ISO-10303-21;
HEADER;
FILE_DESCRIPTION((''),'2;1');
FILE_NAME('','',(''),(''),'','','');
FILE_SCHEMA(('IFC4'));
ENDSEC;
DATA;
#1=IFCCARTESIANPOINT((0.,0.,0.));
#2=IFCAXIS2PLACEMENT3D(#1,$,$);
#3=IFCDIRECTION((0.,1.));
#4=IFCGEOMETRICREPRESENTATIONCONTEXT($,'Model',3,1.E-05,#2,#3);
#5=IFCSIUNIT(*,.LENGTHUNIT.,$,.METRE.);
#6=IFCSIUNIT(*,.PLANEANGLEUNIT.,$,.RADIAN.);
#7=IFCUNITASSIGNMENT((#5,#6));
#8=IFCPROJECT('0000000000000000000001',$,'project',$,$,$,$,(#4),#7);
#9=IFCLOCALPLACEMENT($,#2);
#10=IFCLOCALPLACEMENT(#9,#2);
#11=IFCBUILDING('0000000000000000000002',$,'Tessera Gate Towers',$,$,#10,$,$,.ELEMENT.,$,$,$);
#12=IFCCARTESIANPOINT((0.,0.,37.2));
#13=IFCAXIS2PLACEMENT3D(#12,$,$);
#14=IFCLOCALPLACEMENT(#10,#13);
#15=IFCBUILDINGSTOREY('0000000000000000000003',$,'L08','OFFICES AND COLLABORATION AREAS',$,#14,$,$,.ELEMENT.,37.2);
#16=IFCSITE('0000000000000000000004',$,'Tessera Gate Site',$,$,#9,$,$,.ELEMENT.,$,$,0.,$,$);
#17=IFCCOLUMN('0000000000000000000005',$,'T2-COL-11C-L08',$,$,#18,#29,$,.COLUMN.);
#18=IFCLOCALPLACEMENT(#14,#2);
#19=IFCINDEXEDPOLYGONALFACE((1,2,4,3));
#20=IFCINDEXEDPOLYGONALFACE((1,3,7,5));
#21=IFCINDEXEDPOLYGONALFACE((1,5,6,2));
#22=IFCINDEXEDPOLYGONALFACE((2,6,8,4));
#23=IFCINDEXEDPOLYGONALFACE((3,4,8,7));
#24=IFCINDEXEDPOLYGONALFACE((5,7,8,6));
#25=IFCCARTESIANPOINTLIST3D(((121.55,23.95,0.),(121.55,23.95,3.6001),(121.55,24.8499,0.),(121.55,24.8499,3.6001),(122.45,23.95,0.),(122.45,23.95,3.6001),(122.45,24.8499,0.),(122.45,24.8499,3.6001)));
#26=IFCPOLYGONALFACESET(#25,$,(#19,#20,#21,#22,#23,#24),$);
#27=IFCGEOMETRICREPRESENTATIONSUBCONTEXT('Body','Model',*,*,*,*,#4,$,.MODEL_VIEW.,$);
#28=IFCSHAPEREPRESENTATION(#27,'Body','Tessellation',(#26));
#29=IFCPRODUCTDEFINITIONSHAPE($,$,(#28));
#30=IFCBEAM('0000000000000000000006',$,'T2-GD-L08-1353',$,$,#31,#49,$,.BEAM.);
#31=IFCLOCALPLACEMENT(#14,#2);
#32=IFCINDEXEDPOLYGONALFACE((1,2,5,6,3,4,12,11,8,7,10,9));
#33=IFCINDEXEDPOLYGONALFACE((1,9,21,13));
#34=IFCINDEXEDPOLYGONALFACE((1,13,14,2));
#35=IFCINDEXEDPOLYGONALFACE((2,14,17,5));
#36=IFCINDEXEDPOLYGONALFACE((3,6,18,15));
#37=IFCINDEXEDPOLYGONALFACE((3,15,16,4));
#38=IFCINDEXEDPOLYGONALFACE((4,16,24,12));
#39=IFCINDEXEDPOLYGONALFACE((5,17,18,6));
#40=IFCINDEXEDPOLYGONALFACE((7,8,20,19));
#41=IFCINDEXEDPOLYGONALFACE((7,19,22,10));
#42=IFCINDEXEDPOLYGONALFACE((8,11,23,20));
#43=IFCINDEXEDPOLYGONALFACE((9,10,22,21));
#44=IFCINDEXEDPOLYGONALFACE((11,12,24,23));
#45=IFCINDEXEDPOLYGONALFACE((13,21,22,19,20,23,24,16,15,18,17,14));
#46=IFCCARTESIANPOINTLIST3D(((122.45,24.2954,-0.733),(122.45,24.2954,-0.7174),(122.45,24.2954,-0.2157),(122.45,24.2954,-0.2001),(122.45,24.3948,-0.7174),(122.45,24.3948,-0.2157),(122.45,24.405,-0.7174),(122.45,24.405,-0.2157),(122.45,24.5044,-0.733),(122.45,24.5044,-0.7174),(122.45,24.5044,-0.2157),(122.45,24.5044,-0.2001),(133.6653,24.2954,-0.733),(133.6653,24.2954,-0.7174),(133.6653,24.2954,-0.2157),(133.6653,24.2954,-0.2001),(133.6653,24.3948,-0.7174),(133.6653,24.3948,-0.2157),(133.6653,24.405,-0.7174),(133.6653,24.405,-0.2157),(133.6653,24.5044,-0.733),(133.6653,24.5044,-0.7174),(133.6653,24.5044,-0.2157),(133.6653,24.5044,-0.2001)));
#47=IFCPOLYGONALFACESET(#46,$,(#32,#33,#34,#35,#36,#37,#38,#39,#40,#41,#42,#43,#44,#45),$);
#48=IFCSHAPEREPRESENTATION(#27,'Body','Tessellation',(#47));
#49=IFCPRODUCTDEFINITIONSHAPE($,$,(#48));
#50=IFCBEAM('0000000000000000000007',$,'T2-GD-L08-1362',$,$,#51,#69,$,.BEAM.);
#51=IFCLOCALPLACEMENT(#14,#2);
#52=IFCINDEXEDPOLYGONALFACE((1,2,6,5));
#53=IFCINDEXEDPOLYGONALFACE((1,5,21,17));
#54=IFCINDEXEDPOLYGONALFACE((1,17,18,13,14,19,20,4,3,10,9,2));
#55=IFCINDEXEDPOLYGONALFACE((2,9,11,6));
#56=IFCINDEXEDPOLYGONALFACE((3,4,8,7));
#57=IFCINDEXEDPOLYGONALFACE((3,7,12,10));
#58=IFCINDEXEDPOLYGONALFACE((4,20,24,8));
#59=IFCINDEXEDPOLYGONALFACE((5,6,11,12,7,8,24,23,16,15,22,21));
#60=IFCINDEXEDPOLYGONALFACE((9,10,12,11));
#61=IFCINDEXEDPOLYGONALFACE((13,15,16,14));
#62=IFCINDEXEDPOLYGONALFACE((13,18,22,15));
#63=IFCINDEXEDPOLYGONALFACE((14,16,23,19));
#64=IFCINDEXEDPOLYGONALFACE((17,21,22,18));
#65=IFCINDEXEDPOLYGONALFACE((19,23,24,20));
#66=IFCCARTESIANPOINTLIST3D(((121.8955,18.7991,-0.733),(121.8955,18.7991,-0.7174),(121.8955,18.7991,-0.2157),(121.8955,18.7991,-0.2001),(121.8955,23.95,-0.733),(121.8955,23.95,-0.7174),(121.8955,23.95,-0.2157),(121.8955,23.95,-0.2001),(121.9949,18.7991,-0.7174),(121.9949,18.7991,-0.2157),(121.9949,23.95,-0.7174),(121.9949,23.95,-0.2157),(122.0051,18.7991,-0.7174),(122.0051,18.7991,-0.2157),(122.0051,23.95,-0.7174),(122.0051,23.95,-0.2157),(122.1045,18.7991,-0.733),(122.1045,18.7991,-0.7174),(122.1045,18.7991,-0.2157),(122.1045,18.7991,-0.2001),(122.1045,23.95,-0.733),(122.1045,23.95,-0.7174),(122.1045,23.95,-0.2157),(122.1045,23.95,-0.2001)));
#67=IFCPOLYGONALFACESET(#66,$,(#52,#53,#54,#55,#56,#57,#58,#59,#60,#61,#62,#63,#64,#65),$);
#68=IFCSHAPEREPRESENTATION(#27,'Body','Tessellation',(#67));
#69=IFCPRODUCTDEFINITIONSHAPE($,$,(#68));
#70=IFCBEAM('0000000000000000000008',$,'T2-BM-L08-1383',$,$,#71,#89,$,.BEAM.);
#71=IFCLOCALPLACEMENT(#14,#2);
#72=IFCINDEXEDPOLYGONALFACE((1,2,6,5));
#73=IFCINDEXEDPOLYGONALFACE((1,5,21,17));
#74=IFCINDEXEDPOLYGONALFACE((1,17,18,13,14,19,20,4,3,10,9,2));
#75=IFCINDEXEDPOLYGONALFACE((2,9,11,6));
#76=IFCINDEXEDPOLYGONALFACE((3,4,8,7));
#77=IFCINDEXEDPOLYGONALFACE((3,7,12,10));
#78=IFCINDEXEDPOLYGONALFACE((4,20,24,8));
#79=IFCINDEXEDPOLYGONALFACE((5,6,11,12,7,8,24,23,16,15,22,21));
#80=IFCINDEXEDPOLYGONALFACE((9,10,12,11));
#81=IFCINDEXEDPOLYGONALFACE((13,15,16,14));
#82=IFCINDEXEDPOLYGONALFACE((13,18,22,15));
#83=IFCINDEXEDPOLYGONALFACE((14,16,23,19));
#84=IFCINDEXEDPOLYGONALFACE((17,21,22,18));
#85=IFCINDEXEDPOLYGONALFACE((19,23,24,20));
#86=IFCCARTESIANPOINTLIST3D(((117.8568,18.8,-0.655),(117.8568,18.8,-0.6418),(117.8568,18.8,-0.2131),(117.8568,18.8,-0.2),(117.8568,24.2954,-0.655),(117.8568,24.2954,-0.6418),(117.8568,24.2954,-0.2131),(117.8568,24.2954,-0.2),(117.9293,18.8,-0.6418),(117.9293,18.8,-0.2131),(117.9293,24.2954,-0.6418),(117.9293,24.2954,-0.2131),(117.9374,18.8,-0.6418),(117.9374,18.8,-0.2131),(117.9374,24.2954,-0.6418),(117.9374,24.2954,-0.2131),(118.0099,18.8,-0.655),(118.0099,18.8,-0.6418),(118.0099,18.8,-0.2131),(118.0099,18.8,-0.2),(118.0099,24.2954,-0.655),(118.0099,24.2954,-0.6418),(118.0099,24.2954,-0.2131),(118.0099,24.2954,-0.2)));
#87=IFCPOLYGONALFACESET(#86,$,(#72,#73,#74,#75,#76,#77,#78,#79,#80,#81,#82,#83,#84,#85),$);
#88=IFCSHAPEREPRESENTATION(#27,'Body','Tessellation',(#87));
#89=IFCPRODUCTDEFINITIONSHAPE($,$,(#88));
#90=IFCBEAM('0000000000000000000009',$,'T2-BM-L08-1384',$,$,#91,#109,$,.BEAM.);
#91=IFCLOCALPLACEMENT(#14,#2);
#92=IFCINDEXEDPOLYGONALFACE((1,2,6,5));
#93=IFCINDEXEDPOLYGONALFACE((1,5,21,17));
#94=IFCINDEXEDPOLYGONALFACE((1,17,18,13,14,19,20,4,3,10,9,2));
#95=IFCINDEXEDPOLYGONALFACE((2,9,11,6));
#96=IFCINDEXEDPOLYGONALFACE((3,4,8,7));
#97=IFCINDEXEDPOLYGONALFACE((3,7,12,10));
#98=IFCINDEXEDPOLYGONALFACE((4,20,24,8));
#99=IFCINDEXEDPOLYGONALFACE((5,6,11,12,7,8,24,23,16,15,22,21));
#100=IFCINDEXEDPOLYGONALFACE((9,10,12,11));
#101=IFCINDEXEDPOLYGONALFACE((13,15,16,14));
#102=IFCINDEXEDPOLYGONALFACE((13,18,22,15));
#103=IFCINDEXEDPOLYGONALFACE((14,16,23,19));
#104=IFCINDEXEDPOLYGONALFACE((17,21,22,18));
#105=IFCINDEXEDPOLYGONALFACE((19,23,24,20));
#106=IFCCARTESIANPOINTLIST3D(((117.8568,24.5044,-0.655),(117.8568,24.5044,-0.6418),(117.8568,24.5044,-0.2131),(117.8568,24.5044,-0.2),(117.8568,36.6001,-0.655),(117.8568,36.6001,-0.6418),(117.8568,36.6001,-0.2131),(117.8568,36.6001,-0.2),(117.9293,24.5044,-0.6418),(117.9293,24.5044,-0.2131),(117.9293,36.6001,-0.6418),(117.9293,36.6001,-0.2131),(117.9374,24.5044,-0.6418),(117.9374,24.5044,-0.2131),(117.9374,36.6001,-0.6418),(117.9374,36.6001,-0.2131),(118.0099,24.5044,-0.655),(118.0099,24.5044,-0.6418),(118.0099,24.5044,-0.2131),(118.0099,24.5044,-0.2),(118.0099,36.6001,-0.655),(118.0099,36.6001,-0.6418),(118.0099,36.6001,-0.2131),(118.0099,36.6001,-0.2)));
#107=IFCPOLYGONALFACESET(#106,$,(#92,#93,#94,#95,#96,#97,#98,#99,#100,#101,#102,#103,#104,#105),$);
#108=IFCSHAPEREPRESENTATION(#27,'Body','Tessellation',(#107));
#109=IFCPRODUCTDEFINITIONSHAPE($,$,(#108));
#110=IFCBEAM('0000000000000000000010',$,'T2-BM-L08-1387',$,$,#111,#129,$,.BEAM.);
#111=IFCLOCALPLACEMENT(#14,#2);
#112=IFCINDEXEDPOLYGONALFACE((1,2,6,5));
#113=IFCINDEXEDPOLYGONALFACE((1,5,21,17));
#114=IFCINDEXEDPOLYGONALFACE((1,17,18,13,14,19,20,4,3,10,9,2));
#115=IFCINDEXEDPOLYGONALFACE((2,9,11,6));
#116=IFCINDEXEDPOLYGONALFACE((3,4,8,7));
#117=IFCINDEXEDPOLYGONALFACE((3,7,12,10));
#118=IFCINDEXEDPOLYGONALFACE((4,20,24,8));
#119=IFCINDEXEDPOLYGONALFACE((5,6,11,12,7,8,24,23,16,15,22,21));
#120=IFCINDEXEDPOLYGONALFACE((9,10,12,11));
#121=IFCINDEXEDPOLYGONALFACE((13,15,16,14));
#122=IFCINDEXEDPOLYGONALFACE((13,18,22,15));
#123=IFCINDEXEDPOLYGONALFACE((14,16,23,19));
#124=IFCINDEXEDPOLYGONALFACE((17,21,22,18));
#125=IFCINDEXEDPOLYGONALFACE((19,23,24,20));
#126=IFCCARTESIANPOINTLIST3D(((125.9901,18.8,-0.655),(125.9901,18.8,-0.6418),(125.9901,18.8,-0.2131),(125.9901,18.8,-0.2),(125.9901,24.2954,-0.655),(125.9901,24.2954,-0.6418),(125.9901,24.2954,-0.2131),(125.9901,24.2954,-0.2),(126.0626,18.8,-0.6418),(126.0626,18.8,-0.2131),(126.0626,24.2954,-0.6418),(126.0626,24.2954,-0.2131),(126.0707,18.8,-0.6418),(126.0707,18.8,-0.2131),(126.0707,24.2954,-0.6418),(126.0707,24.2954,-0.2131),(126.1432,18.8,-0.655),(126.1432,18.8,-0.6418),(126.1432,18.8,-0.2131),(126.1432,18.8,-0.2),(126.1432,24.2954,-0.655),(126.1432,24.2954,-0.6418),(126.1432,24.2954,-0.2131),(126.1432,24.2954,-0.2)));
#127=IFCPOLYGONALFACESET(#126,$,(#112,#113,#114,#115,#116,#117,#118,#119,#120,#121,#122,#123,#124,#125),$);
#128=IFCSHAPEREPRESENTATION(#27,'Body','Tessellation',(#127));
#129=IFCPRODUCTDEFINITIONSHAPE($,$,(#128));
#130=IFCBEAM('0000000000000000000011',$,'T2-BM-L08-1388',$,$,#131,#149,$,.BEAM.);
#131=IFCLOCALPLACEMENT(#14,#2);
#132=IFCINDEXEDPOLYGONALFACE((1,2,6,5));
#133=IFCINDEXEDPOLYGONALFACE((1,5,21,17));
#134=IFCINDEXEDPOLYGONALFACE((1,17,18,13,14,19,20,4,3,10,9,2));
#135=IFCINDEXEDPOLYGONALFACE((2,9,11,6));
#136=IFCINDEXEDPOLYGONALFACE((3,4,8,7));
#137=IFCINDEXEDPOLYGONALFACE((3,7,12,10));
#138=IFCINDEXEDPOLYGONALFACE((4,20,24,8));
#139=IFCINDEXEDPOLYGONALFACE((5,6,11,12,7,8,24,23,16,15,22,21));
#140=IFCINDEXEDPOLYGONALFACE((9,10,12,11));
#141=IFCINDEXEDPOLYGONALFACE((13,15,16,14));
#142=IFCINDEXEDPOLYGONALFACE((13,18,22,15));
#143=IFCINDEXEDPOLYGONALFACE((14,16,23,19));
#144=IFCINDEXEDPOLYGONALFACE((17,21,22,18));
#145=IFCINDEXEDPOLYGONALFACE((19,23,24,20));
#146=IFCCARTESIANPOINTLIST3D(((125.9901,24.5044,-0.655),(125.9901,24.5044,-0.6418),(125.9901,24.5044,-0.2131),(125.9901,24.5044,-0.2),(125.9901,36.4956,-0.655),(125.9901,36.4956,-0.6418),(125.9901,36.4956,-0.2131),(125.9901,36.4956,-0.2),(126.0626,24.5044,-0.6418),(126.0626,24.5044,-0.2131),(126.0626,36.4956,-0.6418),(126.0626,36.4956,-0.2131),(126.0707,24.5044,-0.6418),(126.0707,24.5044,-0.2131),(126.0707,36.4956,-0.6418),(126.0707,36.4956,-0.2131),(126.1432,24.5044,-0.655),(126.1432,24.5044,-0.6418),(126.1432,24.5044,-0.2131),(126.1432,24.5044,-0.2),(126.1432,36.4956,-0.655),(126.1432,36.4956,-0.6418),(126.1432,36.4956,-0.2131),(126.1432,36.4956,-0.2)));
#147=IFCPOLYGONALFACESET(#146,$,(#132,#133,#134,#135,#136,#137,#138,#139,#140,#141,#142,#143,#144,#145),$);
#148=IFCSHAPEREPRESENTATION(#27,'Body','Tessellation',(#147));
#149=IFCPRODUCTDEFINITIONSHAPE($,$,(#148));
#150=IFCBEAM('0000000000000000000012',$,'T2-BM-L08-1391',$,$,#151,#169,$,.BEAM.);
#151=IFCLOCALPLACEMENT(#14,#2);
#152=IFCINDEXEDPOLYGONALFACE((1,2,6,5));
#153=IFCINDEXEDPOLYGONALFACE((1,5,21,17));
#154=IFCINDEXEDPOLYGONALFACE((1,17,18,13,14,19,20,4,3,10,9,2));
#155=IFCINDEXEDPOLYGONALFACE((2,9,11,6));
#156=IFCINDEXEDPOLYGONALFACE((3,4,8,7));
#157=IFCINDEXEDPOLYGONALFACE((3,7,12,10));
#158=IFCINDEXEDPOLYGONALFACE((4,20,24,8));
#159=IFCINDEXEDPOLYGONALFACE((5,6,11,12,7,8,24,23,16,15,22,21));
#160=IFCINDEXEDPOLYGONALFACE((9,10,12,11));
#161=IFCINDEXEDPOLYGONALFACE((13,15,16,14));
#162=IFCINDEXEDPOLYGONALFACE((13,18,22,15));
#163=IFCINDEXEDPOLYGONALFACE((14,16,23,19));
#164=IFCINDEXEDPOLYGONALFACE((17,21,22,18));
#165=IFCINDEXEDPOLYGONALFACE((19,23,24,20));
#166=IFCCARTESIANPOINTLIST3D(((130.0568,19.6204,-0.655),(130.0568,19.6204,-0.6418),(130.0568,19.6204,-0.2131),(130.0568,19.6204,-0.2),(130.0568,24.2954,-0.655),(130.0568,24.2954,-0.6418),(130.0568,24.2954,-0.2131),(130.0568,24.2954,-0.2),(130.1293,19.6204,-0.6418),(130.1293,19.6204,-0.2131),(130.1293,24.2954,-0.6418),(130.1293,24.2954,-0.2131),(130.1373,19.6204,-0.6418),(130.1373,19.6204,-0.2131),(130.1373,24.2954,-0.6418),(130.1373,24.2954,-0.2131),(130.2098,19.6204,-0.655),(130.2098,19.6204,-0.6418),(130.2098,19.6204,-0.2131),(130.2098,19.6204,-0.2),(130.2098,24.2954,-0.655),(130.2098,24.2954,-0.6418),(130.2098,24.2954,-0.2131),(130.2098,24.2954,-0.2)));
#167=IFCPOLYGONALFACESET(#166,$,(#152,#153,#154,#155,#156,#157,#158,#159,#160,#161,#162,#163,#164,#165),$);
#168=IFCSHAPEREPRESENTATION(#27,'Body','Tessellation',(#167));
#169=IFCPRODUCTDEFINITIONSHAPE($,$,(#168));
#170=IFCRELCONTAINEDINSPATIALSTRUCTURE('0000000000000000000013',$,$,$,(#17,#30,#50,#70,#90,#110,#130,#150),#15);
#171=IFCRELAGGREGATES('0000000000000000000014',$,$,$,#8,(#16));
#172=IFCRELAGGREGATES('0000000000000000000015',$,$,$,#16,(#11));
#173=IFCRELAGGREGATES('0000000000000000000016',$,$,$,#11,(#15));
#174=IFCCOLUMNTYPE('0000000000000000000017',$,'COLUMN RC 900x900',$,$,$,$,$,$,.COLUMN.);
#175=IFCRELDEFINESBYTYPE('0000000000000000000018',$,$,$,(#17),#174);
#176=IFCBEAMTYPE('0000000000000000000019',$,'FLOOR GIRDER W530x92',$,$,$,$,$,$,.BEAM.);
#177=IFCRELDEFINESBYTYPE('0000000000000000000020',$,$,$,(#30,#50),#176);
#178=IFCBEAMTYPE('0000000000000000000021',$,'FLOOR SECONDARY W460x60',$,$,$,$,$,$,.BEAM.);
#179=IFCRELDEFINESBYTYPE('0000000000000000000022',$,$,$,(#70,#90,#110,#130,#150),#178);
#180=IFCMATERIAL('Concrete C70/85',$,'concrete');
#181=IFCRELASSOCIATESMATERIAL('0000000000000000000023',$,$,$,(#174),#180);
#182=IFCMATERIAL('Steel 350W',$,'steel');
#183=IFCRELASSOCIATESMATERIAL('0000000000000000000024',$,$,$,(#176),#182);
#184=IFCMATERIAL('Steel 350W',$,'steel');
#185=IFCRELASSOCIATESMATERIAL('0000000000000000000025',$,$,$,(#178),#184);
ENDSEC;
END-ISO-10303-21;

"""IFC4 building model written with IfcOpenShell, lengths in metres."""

from ifc_helpers import new_model, si_unit, direction, frame, origin, origin_2d, place, context, subcontext, project, spatial, rectangle, i_section, extrude, material, material_profile, profile_set, type_object, element, save


model = new_model("IFC4")

# Units and contexts
model_context = context("Model", 3, precision=1e-05, world=origin(), true_north=direction((0.0, 1.0)))
body_context = subcontext(model_context, "Body", "Model", "MODEL_VIEW")
ifc_project = project(units=[si_unit("LENGTHUNIT", "METRE"), si_unit("PLANEANGLEUNIT", "RADIAN")], contexts=[model_context])

# Site, building, storey
site_placement = place(None, origin())
site = spatial("IfcSite", under=ifc_project, at=site_placement, Name="Tessera Gate Site", CompositionType="ELEMENT", RefElevation=0.0)
building_placement = place(site_placement, origin())
building = spatial("IfcBuilding", under=site, at=building_placement, Name="Tessera Gate Towers", CompositionType="ELEMENT")
storey_placement = place(building_placement, frame((0.0, 0.0, 37.2)))
storey = spatial("IfcBuildingStorey", under=building, at=storey_placement, Name="L08", Description="OFFICES AND COLLABORATION AREAS", CompositionType="ELEMENT", Elevation=37.2)

# Column
ifc_material_1 = material(Name="Concrete C70/85", Category="concrete")
ifc_material_profile_1 = material_profile(ifc_material_1, rectangle(XDim=0.8999, YDim=0.8999, at=origin_2d()), Name="RC 900x900")
ifc_profile_set_1 = profile_set([ifc_material_profile_1], Name="Concrete C70/85")
column_type = type_object("IfcColumnType", Name="COLUMN RC 900x900", PredefinedType="COLUMN", material=ifc_profile_set_1)
column_placement = place(storey_placement, frame((122.0, 24.3999, 0.0), z_axis=(0.0, 0.0, 1.0), x_axis=(1.0, 0.0, 0.0)))
element("IfcColumn", 1, at=column_placement, inside=storey, type_object=column_type, Name="T2-COL-11C-L08", PredefinedType="COLUMN", context=body_context, shape_type="SweptSolid", body=[
    extrude(rectangle(XDim=0.8999, YDim=0.8999, at=origin_2d()), origin(), (0.0, 0.0, 1.0), 3.6001),
])

# Beams
ifc_material_2 = material(Name="Steel 350W", Category="steel")
ifc_material_profile_2 = material_profile(ifc_material_2, i_section(OverallWidth=0.209, OverallDepth=0.533, WebThickness=0.0103, FlangeThickness=0.0156, at=origin_2d()), Name="W530x92")
ifc_profile_set_2 = profile_set([ifc_material_profile_2], Name="Steel 350W")
beam_type_1 = type_object("IfcBeamType", Name="FLOOR GIRDER W530x92", PredefinedType="BEAM", material=ifc_profile_set_2)
beam_1_placement = place(storey_placement, frame((122.45, 24.3999, -0.4666), z_axis=(1.0, 0.0, 0.0), x_axis=(0.0, 1.0, 0.0)))
element("IfcBeam", 2, at=beam_1_placement, inside=storey, type_object=beam_type_1, Name="T2-GD-L08-1353", PredefinedType="BEAM", context=body_context, shape_type="SweptSolid", body=[
    extrude(i_section(OverallWidth=0.209, OverallDepth=0.533, WebThickness=0.0103, FlangeThickness=0.0156, at=origin_2d()), origin(), (0.0, 0.0, 1.0), 11.2153),
])
beam_2_placement = place(storey_placement, frame((122.0, 18.7991, -0.4666), z_axis=(0.0, 1.0, 0.0), x_axis=(-1.0, 0.0, 0.0)))
element("IfcBeam", 3, at=beam_2_placement, inside=storey, type_object=beam_type_1, Name="T2-GD-L08-1362", PredefinedType="BEAM", context=body_context, shape_type="SweptSolid", body=[
    extrude(i_section(OverallWidth=0.209, OverallDepth=0.533, WebThickness=0.0103, FlangeThickness=0.0156, at=origin_2d()), origin(), (0.0, 0.0, 1.0), 5.1509),
])
ifc_material_3 = material(Name="Steel 350W", Category="steel")
ifc_material_profile_3 = material_profile(ifc_material_3, i_section(OverallWidth=0.1531, OverallDepth=0.4551, WebThickness=0.0081, FlangeThickness=0.0132, at=origin_2d()), Name="W460x60")
ifc_profile_set_3 = profile_set([ifc_material_profile_3], Name="Steel 350W")
beam_type_2 = type_object("IfcBeamType", Name="FLOOR SECONDARY W460x60", PredefinedType="BEAM", material=ifc_profile_set_3)
beam_3_placement = place(storey_placement, frame((117.9333, 18.8, -0.4275), z_axis=(0.0, 1.0, 0.0), x_axis=(-1.0, 0.0, 0.0)))
element("IfcBeam", 4, at=beam_3_placement, inside=storey, type_object=beam_type_2, Name="T2-BM-L08-1383", PredefinedType="BEAM", context=body_context, shape_type="SweptSolid", body=[
    extrude(i_section(OverallWidth=0.1531, OverallDepth=0.4551, WebThickness=0.0081, FlangeThickness=0.0132, at=origin_2d()), origin(), (0.0, 0.0, 1.0), 5.4954),
])
beam_4_placement = place(storey_placement, frame((117.9333, 24.5044, -0.4275), z_axis=(0.0, 1.0, 0.0), x_axis=(-1.0, 0.0, 0.0)))
element("IfcBeam", 5, at=beam_4_placement, inside=storey, type_object=beam_type_2, Name="T2-BM-L08-1384", PredefinedType="BEAM", context=body_context, shape_type="SweptSolid", body=[
    extrude(i_section(OverallWidth=0.1531, OverallDepth=0.4551, WebThickness=0.0081, FlangeThickness=0.0132, at=origin_2d()), origin(), (0.0, 0.0, 1.0), 12.0957),
])
beam_5_placement = place(storey_placement, frame((126.0667, 18.8, -0.4275), z_axis=(0.0, 1.0, 0.0), x_axis=(-1.0, 0.0, 0.0)))
element("IfcBeam", 6, at=beam_5_placement, inside=storey, type_object=beam_type_2, Name="T2-BM-L08-1387", PredefinedType="BEAM", context=body_context, shape_type="SweptSolid", body=[
    extrude(i_section(OverallWidth=0.1531, OverallDepth=0.4551, WebThickness=0.0081, FlangeThickness=0.0132, at=origin_2d()), origin(), (0.0, 0.0, 1.0), 5.4954),
])
beam_6_placement = place(storey_placement, frame((126.0667, 24.5044, -0.4275), z_axis=(0.0, 1.0, 0.0), x_axis=(-1.0, 0.0, 0.0)))
element("IfcBeam", 7, at=beam_6_placement, inside=storey, type_object=beam_type_2, Name="T2-BM-L08-1388", PredefinedType="BEAM", context=body_context, shape_type="SweptSolid", body=[
    extrude(i_section(OverallWidth=0.1531, OverallDepth=0.4551, WebThickness=0.0081, FlangeThickness=0.0132, at=origin_2d()), origin(), (0.0, 0.0, 1.0), 11.9912),
])
beam_7_placement = place(storey_placement, frame((130.1333, 19.6204, -0.4275), z_axis=(0.0, 1.0, 0.0), x_axis=(-1.0, 0.0, 0.0)))
element("IfcBeam", 8, at=beam_7_placement, inside=storey, type_object=beam_type_2, Name="T2-BM-L08-1391", PredefinedType="BEAM", context=body_context, shape_type="SweptSolid", body=[
    extrude(i_section(OverallWidth=0.1531, OverallDepth=0.4551, WebThickness=0.0081, FlangeThickness=0.0132, at=origin_2d()), origin(), (0.0, 0.0, 1.0), 4.675),
])

save(model, "model.ifc")
